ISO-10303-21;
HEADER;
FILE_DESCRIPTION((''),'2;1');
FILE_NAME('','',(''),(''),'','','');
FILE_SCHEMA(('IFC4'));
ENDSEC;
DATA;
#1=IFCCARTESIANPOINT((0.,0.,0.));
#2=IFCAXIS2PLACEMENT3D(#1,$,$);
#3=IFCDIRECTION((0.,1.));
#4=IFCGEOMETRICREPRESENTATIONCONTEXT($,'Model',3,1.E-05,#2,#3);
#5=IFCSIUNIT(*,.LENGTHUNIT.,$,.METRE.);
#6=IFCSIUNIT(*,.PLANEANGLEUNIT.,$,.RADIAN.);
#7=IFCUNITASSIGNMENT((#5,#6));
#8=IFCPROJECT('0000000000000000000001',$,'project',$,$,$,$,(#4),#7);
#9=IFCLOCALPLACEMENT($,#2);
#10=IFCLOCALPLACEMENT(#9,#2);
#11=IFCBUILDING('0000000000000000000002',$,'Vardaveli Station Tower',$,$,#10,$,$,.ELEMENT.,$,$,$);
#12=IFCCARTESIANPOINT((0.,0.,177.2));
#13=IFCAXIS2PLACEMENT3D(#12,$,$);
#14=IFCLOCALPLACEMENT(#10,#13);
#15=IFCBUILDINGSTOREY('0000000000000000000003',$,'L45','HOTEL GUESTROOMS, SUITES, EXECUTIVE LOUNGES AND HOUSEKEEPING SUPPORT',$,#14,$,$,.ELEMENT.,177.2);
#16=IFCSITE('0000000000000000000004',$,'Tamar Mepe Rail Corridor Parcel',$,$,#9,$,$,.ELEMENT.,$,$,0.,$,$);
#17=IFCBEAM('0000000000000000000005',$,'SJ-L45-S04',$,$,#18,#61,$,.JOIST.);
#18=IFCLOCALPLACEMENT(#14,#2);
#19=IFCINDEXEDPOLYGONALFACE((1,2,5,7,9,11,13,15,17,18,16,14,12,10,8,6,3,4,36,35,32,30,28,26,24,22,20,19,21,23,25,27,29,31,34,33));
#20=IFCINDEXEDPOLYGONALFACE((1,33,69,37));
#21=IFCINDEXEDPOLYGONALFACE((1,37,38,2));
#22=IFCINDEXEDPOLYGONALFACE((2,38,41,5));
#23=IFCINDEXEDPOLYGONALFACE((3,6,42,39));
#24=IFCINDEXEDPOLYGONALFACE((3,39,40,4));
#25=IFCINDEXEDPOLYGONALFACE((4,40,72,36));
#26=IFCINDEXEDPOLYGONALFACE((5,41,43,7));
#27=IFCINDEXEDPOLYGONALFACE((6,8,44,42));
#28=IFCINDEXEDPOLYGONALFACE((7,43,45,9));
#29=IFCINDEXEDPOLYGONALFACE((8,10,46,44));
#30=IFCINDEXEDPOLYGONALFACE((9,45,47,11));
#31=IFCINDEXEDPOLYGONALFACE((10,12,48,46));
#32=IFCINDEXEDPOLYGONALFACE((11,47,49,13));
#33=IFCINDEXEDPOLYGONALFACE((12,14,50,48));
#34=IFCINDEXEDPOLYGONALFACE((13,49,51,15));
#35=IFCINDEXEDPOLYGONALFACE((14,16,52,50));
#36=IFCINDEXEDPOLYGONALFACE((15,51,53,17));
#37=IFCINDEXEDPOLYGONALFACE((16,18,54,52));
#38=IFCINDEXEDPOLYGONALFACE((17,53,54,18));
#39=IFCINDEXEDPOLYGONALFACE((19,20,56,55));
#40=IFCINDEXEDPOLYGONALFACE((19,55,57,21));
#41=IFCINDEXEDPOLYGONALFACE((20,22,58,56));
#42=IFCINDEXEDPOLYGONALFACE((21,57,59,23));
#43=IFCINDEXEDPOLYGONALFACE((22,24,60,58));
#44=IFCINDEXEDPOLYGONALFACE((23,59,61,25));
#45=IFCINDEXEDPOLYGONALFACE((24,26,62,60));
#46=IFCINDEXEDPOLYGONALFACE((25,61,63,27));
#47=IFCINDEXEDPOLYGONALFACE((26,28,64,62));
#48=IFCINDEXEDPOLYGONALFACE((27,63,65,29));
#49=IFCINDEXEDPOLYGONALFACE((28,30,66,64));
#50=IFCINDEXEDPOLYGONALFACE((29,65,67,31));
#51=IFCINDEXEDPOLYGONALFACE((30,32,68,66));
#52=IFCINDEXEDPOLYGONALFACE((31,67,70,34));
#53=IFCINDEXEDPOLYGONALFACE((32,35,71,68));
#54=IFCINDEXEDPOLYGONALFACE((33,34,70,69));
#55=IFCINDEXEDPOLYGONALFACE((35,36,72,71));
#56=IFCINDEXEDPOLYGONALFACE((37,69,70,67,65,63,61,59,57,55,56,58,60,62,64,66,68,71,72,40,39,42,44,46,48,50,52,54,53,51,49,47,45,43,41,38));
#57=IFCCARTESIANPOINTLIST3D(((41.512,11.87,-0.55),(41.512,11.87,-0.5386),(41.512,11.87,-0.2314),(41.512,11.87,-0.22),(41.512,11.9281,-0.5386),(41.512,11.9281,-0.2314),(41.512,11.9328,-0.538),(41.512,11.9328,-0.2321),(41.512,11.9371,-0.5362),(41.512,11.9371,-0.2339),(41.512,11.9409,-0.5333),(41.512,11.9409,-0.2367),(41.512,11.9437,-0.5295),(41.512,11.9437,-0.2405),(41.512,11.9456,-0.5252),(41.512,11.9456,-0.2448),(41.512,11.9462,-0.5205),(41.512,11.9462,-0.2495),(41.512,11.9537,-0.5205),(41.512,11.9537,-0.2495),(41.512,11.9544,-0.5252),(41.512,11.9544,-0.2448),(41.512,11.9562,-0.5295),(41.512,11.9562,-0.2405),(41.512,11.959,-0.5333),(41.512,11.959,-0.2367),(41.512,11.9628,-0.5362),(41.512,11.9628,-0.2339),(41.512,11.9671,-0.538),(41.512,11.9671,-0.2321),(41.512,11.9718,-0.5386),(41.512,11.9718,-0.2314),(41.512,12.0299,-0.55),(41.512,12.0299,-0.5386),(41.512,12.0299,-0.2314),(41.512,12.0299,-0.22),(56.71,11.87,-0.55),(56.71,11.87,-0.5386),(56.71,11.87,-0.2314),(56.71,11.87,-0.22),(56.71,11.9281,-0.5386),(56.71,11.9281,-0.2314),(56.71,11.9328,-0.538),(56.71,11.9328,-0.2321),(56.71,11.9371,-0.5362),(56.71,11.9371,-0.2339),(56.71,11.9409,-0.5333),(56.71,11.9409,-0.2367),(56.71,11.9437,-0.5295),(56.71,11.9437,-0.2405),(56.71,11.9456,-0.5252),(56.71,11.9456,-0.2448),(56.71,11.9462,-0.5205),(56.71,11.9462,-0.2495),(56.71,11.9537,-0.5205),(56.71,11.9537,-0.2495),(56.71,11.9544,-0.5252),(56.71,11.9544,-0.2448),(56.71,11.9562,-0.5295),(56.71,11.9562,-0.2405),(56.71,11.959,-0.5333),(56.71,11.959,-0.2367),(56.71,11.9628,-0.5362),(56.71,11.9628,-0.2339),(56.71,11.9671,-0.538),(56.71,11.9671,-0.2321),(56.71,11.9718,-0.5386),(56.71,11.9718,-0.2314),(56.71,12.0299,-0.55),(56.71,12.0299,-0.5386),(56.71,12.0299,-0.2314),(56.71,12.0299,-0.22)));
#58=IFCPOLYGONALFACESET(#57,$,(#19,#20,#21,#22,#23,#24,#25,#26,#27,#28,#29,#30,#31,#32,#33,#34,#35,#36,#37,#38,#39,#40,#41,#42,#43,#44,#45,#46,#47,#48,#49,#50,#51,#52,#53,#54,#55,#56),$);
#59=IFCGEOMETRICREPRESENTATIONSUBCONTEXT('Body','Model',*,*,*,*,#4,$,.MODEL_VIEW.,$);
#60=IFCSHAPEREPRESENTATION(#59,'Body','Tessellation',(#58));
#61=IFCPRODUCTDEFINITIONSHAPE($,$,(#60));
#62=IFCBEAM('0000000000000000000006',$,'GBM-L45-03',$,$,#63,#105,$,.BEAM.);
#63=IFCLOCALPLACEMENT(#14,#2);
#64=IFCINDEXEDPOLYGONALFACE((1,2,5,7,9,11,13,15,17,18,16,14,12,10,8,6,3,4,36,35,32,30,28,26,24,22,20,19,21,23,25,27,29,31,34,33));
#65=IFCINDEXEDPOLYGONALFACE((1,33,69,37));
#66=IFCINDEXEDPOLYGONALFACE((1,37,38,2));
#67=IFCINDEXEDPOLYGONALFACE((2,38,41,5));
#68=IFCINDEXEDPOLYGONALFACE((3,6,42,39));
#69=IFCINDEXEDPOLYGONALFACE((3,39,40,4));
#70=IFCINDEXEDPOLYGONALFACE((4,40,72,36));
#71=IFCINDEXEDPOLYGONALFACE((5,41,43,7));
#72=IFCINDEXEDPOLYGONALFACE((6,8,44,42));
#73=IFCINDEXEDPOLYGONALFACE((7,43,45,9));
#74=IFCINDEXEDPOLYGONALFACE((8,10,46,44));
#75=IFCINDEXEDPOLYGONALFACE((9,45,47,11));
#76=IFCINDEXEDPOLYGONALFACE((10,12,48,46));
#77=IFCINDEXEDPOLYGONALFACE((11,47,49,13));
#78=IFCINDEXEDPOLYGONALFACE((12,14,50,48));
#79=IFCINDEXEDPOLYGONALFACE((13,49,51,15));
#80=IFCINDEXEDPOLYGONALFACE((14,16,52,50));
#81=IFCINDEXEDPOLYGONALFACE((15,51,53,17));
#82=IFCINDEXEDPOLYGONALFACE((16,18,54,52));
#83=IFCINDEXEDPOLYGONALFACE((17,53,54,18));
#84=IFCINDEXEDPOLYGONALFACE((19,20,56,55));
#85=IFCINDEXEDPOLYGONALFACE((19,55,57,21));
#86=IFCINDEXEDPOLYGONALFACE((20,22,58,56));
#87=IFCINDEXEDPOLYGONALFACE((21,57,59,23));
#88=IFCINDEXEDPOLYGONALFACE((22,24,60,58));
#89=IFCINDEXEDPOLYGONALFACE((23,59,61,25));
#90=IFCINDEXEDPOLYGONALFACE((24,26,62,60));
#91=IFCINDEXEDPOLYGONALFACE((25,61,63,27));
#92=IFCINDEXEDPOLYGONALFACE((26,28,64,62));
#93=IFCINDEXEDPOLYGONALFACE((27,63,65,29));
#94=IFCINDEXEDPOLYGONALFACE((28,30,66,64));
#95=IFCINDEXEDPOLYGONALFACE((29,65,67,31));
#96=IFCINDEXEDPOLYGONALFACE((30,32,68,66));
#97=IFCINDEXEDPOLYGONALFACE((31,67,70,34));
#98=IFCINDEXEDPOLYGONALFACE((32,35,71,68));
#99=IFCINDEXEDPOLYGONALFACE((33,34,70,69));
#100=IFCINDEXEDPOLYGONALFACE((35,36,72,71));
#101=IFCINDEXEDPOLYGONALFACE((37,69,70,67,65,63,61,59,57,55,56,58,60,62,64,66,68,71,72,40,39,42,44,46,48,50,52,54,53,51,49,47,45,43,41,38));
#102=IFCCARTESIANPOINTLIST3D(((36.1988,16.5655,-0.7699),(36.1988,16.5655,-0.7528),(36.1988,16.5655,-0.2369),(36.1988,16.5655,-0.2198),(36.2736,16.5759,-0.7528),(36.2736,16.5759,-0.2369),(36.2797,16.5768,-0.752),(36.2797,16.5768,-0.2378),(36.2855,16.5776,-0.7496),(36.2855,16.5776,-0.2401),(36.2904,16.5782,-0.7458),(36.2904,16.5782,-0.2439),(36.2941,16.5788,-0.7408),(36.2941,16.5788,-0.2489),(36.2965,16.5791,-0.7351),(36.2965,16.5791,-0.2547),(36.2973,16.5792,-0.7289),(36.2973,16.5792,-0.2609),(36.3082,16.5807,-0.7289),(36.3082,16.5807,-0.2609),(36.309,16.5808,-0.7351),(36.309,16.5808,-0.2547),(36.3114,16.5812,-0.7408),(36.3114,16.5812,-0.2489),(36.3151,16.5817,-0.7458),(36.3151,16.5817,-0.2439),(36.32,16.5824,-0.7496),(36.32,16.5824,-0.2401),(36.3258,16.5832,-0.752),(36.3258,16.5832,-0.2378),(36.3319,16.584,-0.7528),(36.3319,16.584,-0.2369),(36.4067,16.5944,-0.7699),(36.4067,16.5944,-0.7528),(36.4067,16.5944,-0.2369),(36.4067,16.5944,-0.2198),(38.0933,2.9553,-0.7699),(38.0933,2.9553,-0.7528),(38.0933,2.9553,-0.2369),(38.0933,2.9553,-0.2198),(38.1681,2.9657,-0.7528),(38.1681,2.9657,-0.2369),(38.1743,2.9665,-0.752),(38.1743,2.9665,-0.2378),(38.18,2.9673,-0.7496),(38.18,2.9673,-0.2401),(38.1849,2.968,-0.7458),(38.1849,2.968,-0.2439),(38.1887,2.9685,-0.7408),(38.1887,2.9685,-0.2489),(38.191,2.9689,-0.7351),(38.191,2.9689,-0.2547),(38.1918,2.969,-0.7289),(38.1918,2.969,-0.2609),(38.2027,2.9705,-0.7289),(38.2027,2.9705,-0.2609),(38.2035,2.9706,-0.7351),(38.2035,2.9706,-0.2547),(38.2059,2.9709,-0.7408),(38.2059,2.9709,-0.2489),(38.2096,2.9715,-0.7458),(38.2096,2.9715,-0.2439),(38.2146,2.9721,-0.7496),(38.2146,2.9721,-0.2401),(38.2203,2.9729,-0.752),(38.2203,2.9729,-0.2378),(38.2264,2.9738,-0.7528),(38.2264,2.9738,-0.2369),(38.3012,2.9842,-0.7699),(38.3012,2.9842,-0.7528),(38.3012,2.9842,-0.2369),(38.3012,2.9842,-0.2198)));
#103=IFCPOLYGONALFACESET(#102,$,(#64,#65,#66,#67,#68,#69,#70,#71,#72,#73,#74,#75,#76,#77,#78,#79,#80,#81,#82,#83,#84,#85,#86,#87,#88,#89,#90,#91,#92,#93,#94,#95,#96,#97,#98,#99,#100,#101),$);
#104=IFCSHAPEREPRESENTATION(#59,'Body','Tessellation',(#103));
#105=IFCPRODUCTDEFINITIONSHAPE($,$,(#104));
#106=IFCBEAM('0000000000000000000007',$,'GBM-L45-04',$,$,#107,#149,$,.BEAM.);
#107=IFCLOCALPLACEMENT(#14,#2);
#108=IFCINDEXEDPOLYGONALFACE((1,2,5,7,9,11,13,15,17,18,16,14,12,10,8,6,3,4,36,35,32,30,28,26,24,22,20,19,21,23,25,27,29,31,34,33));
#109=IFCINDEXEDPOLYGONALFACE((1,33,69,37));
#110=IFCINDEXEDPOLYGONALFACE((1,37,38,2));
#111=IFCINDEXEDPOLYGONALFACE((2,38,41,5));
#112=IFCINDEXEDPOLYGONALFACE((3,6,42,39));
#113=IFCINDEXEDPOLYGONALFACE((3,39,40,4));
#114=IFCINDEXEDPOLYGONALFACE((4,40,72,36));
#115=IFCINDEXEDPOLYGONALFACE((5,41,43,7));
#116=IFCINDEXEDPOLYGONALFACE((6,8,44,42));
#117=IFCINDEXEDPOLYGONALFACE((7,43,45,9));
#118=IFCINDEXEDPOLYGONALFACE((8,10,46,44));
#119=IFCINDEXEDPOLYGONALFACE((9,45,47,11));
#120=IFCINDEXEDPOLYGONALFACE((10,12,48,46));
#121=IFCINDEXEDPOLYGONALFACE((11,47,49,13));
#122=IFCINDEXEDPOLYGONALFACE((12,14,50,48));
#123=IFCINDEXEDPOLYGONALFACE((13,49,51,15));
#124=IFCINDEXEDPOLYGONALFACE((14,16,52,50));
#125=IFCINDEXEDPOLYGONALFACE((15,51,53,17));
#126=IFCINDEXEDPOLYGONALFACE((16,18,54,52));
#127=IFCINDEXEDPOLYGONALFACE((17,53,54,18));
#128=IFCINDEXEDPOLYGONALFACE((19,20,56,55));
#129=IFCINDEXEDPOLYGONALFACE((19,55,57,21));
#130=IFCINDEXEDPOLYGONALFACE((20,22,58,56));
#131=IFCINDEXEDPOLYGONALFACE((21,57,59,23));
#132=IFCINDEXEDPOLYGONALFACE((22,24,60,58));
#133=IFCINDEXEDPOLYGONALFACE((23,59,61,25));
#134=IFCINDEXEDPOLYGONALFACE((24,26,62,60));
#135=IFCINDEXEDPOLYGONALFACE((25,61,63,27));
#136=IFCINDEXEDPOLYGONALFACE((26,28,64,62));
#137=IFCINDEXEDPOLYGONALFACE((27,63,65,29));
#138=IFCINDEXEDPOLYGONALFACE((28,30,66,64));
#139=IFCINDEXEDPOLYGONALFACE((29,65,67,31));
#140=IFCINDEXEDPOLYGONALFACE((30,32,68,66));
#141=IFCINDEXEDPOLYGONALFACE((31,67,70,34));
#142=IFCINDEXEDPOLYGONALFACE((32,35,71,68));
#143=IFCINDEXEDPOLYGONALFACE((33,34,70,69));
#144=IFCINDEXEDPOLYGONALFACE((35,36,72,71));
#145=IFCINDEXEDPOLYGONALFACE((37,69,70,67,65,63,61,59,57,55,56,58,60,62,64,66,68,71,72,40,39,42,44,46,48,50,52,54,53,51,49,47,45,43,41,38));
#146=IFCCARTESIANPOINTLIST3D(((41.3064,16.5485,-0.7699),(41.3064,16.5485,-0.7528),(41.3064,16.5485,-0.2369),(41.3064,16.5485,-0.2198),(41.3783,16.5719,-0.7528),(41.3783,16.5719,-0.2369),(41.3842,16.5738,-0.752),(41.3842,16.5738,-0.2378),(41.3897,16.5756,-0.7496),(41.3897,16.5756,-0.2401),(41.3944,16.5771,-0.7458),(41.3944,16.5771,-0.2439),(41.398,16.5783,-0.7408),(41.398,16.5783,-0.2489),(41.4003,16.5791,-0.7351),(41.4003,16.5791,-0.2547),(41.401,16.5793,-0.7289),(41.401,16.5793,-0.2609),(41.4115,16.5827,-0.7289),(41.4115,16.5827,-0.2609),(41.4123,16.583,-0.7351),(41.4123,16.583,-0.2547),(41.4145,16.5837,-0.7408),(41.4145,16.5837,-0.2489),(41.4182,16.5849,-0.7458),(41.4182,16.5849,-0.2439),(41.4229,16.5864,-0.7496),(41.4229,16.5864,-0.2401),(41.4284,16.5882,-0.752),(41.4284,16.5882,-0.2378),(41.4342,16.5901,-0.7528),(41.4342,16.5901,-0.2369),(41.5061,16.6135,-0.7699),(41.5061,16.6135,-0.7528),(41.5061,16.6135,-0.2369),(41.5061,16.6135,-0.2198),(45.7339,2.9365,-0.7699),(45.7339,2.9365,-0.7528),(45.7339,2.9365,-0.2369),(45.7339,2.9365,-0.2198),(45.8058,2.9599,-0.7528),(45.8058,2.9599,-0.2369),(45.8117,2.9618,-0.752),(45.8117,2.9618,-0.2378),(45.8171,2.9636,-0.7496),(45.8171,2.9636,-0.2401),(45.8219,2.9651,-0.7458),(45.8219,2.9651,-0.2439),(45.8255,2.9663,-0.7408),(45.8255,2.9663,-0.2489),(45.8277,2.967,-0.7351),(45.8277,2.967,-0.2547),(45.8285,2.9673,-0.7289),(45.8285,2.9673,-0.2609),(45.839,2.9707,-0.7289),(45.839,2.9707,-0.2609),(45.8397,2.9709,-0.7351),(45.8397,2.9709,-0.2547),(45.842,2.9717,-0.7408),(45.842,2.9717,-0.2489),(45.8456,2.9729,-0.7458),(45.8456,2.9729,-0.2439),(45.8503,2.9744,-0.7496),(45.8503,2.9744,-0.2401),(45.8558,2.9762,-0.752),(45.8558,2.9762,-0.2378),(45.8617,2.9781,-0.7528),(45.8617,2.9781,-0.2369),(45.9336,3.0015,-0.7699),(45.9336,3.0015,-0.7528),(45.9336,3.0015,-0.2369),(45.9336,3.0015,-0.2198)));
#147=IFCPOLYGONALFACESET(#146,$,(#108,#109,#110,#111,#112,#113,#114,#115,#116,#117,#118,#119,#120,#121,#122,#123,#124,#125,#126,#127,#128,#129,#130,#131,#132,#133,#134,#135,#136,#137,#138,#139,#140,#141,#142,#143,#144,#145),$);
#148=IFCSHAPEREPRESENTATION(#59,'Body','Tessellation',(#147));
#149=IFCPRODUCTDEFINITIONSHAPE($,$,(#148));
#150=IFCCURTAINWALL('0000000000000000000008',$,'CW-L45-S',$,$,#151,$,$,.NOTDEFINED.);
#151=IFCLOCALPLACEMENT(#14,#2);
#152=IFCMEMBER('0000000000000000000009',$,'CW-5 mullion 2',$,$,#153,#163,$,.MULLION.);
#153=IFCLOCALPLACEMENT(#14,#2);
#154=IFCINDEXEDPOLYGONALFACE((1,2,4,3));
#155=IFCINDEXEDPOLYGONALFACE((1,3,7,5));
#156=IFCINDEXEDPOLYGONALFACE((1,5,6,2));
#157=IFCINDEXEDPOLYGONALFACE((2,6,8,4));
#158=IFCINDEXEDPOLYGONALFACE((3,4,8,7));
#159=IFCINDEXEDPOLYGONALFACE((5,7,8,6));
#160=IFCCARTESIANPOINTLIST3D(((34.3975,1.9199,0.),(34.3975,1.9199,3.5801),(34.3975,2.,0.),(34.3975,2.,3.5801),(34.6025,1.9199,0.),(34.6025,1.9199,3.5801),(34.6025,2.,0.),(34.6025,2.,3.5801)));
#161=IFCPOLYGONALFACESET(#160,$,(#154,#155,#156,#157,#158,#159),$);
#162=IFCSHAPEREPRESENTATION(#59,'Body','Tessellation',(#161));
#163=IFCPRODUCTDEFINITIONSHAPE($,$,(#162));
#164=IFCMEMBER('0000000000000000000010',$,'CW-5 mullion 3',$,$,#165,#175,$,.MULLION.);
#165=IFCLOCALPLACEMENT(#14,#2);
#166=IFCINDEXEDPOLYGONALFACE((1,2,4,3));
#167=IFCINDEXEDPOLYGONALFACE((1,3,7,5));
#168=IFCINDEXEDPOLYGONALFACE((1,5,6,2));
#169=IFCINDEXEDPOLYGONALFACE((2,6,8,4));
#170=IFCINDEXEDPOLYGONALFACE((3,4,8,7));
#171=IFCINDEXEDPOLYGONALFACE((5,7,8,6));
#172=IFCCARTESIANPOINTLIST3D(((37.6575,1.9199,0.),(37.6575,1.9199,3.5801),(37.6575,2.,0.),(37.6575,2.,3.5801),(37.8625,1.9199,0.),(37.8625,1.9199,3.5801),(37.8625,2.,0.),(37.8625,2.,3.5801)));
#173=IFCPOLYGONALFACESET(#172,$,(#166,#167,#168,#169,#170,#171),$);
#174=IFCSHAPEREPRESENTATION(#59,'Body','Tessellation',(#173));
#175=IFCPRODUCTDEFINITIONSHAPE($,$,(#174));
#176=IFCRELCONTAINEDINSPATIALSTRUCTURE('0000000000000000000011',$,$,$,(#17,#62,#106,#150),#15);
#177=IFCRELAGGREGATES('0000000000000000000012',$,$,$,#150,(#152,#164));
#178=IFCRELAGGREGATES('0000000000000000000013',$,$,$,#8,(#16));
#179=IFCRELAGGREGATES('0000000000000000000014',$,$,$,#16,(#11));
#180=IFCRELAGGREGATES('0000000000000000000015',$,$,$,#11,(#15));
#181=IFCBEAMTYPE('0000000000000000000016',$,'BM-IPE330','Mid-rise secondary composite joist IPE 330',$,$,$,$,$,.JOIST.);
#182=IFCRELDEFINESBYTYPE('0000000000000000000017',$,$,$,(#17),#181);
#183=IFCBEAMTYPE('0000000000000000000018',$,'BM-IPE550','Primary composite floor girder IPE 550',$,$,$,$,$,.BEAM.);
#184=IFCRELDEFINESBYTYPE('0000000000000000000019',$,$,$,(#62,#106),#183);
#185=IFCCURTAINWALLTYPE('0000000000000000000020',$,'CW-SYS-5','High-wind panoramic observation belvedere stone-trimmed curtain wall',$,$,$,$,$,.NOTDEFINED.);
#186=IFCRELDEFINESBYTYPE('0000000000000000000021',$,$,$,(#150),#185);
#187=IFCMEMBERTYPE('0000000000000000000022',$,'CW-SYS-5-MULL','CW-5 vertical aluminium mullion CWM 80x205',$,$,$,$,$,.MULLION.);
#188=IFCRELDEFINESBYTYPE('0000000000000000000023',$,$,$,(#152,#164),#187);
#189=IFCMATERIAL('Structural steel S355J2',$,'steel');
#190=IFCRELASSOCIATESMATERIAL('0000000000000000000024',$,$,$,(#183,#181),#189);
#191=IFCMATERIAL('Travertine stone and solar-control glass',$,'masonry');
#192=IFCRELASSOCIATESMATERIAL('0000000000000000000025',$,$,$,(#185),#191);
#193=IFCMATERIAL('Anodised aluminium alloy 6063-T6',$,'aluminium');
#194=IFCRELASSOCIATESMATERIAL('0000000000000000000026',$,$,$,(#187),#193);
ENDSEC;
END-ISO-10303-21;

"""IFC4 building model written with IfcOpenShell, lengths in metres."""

from ifc_helpers import new_model, si_unit, direction, frame, origin, origin_2d, place, context, subcontext, project, spatial, rectangle, i_section, extrude, source, transform, mapped, material, material_profile, profile_set, type_object, element, aggregate, save


model = new_model("IFC4")

# Units and contexts
model_context = context("Model", 3, precision=1e-05, world=origin(), true_north=direction((0.0, 1.0)))
body_context = subcontext(model_context, "Body", "Model", "MODEL_VIEW")
ifc_project = project(units=[si_unit("LENGTHUNIT", "METRE"), si_unit("PLANEANGLEUNIT", "RADIAN")], contexts=[model_context])

# Site, building, storey
site_placement = place(None, origin())
site = spatial("IfcSite", under=ifc_project, at=site_placement, Name="Tamar Mepe Rail Corridor Parcel", CompositionType="ELEMENT", RefElevation=0.0)
building_placement = place(site_placement, origin())
building = spatial("IfcBuilding", under=site, at=building_placement, Name="Vardaveli Station Tower", CompositionType="ELEMENT")
storey_placement = place(building_placement, frame((0.0, 0.0, 177.2)))
storey = spatial("IfcBuildingStorey", under=building, at=storey_placement, Name="L45", Description="HOTEL GUESTROOMS, SUITES, EXECUTIVE LOUNGES AND HOUSEKEEPING SUPPORT", CompositionType="ELEMENT", Elevation=177.2)

# Beams
ifc_material_1 = material(Name="Structural steel S355J2", Category="steel")
ifc_material_profile_1 = material_profile(ifc_material_1, i_section(OverallWidth=0.21, OverallDepth=0.55, WebThickness=0.011, FlangeThickness=0.0171, FilletRadius=0.0239, at=origin_2d()), Name="IPE 550")
ifc_profile_set_1 = profile_set([ifc_material_profile_1], Name="Structural steel S355J2")
beam_type_1 = type_object("IfcBeamType", Name="BM-IPE550", Description="Primary composite floor girder IPE 550", PredefinedType="BEAM", material=ifc_profile_set_1)
ifc_material_profile_2 = material_profile(ifc_material_1, i_section(OverallWidth=0.1599, OverallDepth=0.3301, WebThickness=0.0076, FlangeThickness=0.0115, FilletRadius=0.0181, at=origin_2d()), Name="IPE 330")
ifc_profile_set_2 = profile_set([ifc_material_profile_2], Name="Structural steel S355J2")
beam_type_2 = type_object("IfcBeamType", Name="BM-IPE330", Description="Mid-rise secondary composite joist IPE 330", PredefinedType="JOIST", material=ifc_profile_set_2)
shared_shape_1 = source(origin(), body_context, "Body", "SweptSolid", [
    extrude(i_section(OverallWidth=0.1599, OverallDepth=0.3301, WebThickness=0.0076, FlangeThickness=0.0115, FilletRadius=0.0181, at=origin_2d()), origin(), (0.0, 0.0, 1.0), 15.198),
])
for number, where, z_axis, x_axis, name in (
    (1, (41.512, 11.95, -0.385), (1.0, 0.0, 0.0), (0.0, 1.0, 0.0), "SJ-L45-S04"),
):
    element("IfcBeam", number, at=place(storey_placement, frame(where, z_axis=z_axis, x_axis=x_axis)), inside=storey, type_object=beam_type_2, Name=name, PredefinedType="JOIST", context=body_context, shape_type="MappedRepresentation", body=[
        mapped(shared_shape_1, transform((0.0, 0.0, 0.0), scale=1.0)),
    ])
shared_shape_2 = source(origin(), body_context, "Body", "SweptSolid", [
    extrude(i_section(OverallWidth=0.21, OverallDepth=0.55, WebThickness=0.011, FlangeThickness=0.0171, FilletRadius=0.0239, at=origin_2d()), origin(), (0.0, 0.0, 1.0), 13.7415),
])
beam_1_placement = place(storey_placement, frame((38.1973, 2.9697, -0.4949), z_axis=(-0.137869, 0.990451, 0.0), x_axis=(-0.990451, -0.137869, 0.0)))
element("IfcBeam", 2, at=beam_1_placement, inside=storey, type_object=beam_type_1, Name="GBM-L45-03", PredefinedType="BEAM", context=body_context, shape_type="MappedRepresentation", body=[
    mapped(shared_shape_2, transform((0.0, 0.0, 0.0), scale=1.0)),
])
shared_shape_3 = source(origin(), body_context, "Body", "SweptSolid", [
    extrude(i_section(OverallWidth=0.21, OverallDepth=0.55, WebThickness=0.011, FlangeThickness=0.0171, FilletRadius=0.0239, at=origin_2d()), origin(), (0.0, 0.0, 1.0), 14.314),
])
beam_2_placement = place(storey_placement, frame((45.8337, 2.969, -0.4949), z_axis=(-0.309312, 0.950961, 0.0), x_axis=(-0.950961, -0.309312, 0.0)))
element("IfcBeam", 3, at=beam_2_placement, inside=storey, type_object=beam_type_1, Name="GBM-L45-04", PredefinedType="BEAM", context=body_context, shape_type="MappedRepresentation", body=[
    mapped(shared_shape_3, transform((0.0, 0.0, 0.0), scale=1.0)),
])

# Curtain wall, members
ifc_material_2 = material(Name="Travertine stone and solar-control glass", Category="masonry")
curtain_wall_type = type_object("IfcCurtainWallType", Name="CW-SYS-5", Description="High-wind panoramic observation belvedere stone-trimmed curtain wall", PredefinedType="NOTDEFINED", material=ifc_material_2)
curtain_wall_placement = place(storey_placement, origin())
curtain_wall = element("IfcCurtainWall", 4, at=curtain_wall_placement, inside=storey, type_object=curtain_wall_type, Name="CW-L45-S", PredefinedType="NOTDEFINED")
ifc_material_3 = material(Name="Anodised aluminium alloy 6063-T6", Category="aluminium")
ifc_material_profile_3 = material_profile(ifc_material_3, rectangle(XDim=0.0801, YDim=0.2051, at=origin_2d()), Name="CWM 80x205")
ifc_profile_set_3 = profile_set([ifc_material_profile_3], Name="Anodised aluminium alloy 6063-T6")
member_type_1 = type_object("IfcMemberType", Name="CW-SYS-5-MULL", Description="CW-5 vertical aluminium mullion CWM 80x205", PredefinedType="MULLION", material=ifc_profile_set_3)
shared_shape_4 = source(origin(), body_context, "Body", "SweptSolid", [
    extrude(rectangle(XDim=0.0801, YDim=0.2051, at=origin_2d()), origin(), (0.0, 0.0, 1.0), 3.5801),
])
member_1_placement = place(storey_placement, frame((34.5, 1.96, 0.0), z_axis=(0.0, 0.0, 1.0), x_axis=(0.0, 1.0, 0.0)))
member_1 = element("IfcMember", 5, at=member_1_placement, type_object=member_type_1, Name="CW-5 mullion 2", PredefinedType="MULLION", context=body_context, shape_type="MappedRepresentation", body=[
    mapped(shared_shape_4, transform((0.0, 0.0, 0.0), scale=1.0)),
])
member_2_placement = place(storey_placement, frame((37.76, 1.96, 0.0), z_axis=(0.0, 0.0, 1.0), x_axis=(0.0, 1.0, 0.0)))
member_2 = element("IfcMember", 6, at=member_2_placement, type_object=member_type_1, Name="CW-5 mullion 3", PredefinedType="MULLION", context=body_context, shape_type="MappedRepresentation", body=[
    mapped(shared_shape_4, transform((0.0, 0.0, 0.0), scale=1.0)),
])
aggregate(curtain_wall, [member_1, member_2])

save(model, "model.ifc")
